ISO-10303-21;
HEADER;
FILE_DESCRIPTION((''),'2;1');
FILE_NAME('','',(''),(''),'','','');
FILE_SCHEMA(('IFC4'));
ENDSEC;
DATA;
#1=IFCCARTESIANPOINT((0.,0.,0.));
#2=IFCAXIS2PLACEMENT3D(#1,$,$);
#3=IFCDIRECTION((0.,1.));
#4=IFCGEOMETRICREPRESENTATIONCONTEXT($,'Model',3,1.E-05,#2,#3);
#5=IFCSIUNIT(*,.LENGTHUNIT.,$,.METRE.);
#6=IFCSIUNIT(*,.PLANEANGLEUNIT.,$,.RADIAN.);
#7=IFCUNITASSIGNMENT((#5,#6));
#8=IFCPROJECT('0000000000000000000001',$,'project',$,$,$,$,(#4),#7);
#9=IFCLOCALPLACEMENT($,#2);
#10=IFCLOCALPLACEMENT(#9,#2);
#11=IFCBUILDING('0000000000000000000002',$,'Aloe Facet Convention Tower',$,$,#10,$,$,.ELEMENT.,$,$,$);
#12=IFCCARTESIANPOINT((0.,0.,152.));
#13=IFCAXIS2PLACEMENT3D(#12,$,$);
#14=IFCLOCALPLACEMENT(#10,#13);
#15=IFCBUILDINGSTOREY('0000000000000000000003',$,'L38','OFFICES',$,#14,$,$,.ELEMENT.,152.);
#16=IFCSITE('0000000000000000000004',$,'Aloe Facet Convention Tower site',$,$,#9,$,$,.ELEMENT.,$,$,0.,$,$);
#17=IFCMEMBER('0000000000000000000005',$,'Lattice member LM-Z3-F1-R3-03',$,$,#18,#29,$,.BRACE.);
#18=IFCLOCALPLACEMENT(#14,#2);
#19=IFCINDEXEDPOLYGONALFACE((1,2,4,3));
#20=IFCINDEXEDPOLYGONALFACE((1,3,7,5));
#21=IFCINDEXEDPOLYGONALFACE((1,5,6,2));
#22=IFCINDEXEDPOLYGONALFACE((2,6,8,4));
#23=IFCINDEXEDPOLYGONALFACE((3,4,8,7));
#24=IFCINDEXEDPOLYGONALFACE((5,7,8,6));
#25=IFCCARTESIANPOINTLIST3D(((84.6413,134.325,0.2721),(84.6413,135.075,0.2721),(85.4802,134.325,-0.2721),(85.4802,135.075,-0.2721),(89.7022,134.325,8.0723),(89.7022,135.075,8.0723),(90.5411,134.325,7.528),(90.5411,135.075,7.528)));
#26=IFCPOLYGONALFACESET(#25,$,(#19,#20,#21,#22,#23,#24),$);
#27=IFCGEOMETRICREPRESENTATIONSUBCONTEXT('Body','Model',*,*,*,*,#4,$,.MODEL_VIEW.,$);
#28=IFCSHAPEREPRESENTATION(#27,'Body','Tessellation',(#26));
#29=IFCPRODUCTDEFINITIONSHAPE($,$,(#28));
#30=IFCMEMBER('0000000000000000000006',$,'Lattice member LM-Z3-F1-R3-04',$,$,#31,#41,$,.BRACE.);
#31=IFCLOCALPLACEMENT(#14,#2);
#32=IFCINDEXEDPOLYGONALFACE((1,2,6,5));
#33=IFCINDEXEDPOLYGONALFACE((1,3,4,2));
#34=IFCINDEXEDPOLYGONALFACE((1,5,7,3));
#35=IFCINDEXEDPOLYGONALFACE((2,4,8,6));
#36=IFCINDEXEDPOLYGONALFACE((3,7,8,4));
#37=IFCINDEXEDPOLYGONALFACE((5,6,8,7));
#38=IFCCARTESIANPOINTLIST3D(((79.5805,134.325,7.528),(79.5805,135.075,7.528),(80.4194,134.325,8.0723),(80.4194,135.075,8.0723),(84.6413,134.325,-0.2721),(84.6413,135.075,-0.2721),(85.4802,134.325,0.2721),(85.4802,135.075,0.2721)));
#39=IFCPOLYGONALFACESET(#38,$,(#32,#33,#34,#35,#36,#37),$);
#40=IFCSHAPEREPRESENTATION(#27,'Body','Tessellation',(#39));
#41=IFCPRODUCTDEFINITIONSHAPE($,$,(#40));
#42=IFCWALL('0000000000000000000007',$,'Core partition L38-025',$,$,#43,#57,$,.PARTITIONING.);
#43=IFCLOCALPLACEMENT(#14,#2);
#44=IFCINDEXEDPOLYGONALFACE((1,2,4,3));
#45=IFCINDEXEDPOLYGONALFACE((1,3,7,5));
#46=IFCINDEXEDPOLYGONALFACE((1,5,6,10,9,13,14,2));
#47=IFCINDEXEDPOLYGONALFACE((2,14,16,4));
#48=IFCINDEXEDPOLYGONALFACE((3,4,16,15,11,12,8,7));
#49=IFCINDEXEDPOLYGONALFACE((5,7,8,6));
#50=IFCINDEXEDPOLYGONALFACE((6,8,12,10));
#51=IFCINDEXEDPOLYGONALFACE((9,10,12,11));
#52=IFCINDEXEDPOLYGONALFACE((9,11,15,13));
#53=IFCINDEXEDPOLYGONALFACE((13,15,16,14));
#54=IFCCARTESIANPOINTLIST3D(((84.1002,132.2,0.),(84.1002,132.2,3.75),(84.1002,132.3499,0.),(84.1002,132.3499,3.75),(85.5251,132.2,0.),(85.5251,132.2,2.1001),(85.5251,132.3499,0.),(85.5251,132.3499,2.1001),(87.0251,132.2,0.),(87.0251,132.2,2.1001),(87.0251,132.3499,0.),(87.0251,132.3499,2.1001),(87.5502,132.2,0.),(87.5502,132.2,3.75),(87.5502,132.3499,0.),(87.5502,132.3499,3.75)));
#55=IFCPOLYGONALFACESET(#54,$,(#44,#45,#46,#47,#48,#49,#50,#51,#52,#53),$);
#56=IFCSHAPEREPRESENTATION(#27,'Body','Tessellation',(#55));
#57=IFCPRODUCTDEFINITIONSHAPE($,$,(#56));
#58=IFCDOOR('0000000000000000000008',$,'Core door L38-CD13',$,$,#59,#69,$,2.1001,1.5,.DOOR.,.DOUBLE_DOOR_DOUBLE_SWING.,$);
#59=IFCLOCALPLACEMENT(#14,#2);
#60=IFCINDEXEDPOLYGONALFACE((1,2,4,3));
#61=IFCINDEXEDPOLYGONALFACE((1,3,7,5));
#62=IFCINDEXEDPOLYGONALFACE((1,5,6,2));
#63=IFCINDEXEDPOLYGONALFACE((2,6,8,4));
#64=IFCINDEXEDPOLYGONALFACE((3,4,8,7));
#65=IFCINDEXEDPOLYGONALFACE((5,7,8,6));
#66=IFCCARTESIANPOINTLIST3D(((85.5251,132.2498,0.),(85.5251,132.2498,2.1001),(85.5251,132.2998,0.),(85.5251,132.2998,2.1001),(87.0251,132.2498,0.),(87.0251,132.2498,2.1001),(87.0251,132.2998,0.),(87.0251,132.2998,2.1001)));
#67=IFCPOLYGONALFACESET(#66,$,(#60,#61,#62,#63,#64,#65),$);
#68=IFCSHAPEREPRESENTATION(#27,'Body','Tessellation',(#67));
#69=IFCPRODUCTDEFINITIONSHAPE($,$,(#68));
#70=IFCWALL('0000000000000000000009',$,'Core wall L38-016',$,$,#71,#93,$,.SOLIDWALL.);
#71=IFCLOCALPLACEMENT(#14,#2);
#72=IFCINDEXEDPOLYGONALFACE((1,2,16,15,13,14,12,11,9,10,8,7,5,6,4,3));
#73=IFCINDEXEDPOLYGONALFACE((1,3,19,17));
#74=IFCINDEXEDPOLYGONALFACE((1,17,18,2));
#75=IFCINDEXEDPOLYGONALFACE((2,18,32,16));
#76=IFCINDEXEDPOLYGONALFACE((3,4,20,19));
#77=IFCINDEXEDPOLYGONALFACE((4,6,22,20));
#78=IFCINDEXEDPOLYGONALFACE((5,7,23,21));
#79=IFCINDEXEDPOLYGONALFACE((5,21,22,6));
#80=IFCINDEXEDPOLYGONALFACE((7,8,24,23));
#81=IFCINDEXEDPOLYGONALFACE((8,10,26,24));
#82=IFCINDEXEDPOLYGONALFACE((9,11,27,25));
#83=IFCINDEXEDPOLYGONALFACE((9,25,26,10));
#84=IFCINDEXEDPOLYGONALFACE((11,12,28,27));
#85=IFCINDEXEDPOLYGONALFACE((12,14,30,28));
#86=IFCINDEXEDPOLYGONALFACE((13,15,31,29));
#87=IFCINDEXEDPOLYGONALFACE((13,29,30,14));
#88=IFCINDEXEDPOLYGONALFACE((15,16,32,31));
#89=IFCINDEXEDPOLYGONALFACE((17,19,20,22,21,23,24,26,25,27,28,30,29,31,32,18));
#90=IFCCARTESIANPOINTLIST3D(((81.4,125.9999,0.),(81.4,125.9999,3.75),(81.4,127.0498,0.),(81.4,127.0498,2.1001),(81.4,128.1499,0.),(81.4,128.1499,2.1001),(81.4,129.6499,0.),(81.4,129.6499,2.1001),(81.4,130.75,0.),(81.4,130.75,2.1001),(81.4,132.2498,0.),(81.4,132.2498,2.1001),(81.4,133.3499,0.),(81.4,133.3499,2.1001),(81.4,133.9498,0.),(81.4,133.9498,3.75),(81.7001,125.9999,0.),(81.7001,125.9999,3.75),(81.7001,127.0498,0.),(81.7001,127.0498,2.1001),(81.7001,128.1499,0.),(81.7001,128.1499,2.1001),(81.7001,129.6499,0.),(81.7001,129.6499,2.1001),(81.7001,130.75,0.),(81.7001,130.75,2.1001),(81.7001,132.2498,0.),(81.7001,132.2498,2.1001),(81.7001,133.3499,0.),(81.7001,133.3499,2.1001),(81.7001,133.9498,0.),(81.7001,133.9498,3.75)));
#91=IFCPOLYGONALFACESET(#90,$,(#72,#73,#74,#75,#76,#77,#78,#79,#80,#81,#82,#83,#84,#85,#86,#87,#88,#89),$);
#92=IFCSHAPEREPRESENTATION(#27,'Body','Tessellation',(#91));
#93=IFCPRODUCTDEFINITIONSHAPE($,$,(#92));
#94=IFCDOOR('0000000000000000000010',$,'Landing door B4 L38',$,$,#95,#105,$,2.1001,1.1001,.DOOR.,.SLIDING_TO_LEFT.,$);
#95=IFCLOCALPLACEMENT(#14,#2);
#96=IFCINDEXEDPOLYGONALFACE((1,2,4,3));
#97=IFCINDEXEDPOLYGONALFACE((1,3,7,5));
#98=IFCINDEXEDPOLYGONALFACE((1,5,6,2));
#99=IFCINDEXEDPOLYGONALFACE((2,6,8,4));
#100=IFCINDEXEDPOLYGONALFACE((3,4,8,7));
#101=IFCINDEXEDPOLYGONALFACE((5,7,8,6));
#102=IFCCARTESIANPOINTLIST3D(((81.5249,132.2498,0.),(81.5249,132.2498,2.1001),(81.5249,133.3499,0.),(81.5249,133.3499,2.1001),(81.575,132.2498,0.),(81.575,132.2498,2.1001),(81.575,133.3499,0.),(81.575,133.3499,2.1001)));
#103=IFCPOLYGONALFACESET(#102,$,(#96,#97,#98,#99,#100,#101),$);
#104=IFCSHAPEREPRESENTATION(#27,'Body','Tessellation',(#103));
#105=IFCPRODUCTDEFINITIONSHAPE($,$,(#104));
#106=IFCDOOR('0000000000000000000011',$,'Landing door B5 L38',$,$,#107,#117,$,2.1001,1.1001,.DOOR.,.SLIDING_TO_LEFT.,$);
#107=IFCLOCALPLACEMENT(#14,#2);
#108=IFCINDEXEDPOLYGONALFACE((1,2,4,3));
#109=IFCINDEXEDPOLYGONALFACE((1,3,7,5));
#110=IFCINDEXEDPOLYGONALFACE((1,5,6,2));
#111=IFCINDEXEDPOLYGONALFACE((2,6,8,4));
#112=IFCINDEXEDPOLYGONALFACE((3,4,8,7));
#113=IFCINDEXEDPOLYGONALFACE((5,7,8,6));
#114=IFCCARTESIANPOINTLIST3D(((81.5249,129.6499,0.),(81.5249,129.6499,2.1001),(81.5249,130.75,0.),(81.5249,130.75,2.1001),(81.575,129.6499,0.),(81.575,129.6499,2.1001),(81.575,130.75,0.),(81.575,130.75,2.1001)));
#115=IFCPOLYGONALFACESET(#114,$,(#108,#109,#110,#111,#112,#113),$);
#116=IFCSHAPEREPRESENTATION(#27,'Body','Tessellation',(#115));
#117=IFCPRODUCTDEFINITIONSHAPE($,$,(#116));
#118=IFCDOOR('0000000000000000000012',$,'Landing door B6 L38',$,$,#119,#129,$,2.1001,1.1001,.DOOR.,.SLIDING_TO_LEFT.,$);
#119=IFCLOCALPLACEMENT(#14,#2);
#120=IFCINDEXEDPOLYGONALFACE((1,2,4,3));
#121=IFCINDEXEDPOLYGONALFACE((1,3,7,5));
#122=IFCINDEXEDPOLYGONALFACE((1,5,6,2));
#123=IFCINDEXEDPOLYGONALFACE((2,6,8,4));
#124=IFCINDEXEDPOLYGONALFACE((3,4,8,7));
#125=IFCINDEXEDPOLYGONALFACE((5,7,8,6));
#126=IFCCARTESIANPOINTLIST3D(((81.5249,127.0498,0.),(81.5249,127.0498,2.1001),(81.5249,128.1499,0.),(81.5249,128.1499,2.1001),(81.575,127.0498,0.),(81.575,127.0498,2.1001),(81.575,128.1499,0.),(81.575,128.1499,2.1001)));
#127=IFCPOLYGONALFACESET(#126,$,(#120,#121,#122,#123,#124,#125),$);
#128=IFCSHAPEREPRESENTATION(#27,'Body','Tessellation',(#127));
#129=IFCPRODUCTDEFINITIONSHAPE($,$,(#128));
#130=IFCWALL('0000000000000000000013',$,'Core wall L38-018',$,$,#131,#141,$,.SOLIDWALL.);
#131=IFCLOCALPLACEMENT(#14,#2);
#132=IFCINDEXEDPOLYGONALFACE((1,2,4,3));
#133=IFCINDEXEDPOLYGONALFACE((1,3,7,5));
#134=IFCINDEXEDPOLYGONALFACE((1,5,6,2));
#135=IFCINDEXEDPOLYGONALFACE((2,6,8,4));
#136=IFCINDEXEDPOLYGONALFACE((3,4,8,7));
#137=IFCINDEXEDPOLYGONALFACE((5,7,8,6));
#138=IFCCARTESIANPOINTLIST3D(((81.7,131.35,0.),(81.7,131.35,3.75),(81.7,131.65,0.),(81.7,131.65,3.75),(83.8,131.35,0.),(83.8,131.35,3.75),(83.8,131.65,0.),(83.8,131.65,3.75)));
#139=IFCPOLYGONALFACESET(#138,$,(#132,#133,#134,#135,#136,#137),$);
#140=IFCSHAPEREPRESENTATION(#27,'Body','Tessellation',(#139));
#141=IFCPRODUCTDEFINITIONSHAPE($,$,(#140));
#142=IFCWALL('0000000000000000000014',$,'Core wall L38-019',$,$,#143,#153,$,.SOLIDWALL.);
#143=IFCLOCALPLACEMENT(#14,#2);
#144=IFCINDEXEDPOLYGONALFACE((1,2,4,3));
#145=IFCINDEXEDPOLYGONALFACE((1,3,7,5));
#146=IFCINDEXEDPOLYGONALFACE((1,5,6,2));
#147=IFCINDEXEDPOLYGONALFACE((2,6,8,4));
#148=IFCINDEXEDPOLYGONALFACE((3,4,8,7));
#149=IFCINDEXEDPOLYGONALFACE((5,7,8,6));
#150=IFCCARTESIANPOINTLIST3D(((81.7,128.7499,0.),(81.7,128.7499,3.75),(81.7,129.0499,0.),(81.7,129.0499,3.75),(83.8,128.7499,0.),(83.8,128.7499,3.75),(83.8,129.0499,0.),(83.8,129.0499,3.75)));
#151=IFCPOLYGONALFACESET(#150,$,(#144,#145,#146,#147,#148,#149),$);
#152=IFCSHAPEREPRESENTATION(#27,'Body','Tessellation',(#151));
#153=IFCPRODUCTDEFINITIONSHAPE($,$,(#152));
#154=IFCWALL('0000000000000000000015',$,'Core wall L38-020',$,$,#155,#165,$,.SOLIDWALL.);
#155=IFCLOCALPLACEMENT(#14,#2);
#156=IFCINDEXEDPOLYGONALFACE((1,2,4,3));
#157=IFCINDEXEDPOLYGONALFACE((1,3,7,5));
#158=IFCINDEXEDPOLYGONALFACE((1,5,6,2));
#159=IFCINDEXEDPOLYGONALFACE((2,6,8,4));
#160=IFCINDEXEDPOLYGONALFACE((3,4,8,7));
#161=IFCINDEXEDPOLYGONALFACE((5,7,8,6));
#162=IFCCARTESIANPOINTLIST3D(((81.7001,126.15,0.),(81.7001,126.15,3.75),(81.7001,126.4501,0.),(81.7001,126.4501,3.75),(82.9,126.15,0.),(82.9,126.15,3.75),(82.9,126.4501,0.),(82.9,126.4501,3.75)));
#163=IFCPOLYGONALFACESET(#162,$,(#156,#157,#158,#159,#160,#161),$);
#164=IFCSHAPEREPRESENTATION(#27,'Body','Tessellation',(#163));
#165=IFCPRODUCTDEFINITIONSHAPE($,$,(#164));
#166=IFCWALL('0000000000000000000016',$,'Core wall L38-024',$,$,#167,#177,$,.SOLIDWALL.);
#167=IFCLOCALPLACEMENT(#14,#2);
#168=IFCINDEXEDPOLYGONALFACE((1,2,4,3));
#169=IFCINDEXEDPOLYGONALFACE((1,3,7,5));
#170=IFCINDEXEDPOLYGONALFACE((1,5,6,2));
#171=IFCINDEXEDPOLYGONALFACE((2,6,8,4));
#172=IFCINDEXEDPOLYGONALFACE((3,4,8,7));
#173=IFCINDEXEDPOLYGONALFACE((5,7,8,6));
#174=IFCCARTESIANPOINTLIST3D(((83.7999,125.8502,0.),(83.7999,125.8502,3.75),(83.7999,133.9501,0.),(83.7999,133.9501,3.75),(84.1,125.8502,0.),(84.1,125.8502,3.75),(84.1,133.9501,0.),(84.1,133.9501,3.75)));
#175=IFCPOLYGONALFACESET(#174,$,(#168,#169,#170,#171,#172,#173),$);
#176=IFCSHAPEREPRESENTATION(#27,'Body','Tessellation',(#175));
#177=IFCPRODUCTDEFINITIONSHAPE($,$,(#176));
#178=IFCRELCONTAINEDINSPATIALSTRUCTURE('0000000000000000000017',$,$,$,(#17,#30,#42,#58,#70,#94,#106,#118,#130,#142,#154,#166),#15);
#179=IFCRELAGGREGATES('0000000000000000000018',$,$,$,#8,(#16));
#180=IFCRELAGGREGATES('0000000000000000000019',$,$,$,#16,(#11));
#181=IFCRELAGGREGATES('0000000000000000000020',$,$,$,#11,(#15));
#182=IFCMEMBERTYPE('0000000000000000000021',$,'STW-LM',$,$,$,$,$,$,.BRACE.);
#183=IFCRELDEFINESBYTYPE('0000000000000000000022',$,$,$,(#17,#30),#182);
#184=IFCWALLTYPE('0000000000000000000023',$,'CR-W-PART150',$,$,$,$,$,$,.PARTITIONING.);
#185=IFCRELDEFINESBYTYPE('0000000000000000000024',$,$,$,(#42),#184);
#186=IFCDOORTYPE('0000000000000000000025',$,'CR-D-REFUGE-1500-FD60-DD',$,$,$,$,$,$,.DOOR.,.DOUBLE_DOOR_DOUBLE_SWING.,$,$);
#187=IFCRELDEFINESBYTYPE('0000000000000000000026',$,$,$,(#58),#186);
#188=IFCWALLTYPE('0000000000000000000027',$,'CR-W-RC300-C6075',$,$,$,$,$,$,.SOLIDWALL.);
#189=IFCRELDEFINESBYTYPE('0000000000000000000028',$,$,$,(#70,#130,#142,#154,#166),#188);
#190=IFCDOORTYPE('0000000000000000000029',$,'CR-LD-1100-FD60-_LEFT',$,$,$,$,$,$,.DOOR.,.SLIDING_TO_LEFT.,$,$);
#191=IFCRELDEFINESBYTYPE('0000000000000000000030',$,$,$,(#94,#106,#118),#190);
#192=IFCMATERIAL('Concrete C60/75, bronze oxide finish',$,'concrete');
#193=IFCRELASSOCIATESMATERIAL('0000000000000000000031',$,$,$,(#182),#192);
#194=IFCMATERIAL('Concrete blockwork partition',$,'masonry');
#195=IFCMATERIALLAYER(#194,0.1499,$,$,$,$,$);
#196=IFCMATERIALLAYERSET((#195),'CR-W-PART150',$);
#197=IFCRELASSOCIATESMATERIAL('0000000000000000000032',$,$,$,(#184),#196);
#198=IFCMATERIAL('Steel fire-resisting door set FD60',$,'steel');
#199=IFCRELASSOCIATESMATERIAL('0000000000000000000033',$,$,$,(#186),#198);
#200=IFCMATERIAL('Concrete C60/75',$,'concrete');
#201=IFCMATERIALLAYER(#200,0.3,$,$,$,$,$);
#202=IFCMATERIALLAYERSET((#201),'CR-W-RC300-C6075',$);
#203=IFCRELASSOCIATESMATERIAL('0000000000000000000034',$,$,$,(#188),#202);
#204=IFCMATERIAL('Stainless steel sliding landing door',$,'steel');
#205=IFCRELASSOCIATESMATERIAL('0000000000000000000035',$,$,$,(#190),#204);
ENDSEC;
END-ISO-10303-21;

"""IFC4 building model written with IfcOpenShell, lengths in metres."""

from ifc_helpers import new_model, si_unit, direction, frame, frame_2d, origin, origin_2d, place, context, subcontext, project, spatial, rectangle, extrude, material, layer, layer_set, material_profile, profile_set, type_object, element, fill, save


model = new_model("IFC4")

# Units and contexts
model_context = context("Model", 3, precision=1e-05, world=origin(), true_north=direction((0.0, 1.0)))
body_context = subcontext(model_context, "Body", "Model", "MODEL_VIEW")
ifc_project = project(units=[si_unit("LENGTHUNIT", "METRE"), si_unit("PLANEANGLEUNIT", "RADIAN")], contexts=[model_context])

# Site, building, storey
site_placement = place(None, origin())
site = spatial("IfcSite", under=ifc_project, at=site_placement, Name="Aloe Facet Convention Tower site", CompositionType="ELEMENT", RefElevation=0.0)
building_placement = place(site_placement, origin())
building = spatial("IfcBuilding", under=site, at=building_placement, Name="Aloe Facet Convention Tower", CompositionType="ELEMENT")
storey_placement = place(building_placement, frame((0.0, 0.0, 152.0)))
storey = spatial("IfcBuildingStorey", under=building, at=storey_placement, Name="L38", Description="OFFICES", CompositionType="ELEMENT", Elevation=152.0)

# Members
ifc_material_1 = material(Name="Concrete C60/75, bronze oxide finish", Category="concrete")
ifc_material_profile = material_profile(ifc_material_1, rectangle(XDim=0.75, YDim=1.0, at=origin_2d()), Name="STW-LM")
ifc_profile_set = profile_set([ifc_material_profile], Name="Concrete C60/75, bronze oxide finish")
member_type = type_object("IfcMemberType", Name="STW-LM", PredefinedType="BRACE", material=ifc_profile_set)
for number, where, z_axis, x_axis, name in (
    (1, (85.0608, 134.7, 0.0), (0.54429, 0.0, 0.838897), (0.0, 1.0, 0.0), "Lattice member LM-Z3-F1-R3-03"),
    (2, (85.0608, 134.7, 0.0), (-0.54429, 0.0, 0.838897), (0.0, -1.0, 0.0), "Lattice member LM-Z3-F1-R3-04"),
):
    element("IfcMember", number, at=place(storey_placement, frame(where, z_axis=z_axis, x_axis=x_axis)), inside=storey, type_object=member_type, Name=name, PredefinedType="BRACE", context=body_context, shape_type="SweptSolid", body=[
        extrude(rectangle(XDim=0.75, YDim=1.0, at=origin_2d()), origin(), (0.0, 0.0, 1.0), 9.2981),
    ])

# Wall, opening, door
ifc_material_2 = material(Name="Concrete blockwork partition", Category="masonry")
ifc_layer_1 = layer(ifc_material_2, 0.1499)
ifc_layer_set_1 = layer_set([ifc_layer_1], Name="CR-W-PART150")
wall_type_1 = type_object("IfcWallType", Name="CR-W-PART150", PredefinedType="PARTITIONING", material=ifc_layer_set_1)
wall_1_placement = place(storey_placement, frame((84.1001, 132.2749, 0.0), z_axis=(0.0, 0.0, 1.0), x_axis=(1.0, 0.0, 0.0)))
wall_1 = element("IfcWall", 3, at=wall_1_placement, inside=storey, type_object=wall_type_1, Name="Core partition L38-025", PredefinedType="PARTITIONING", context=body_context, shape_type="SweptSolid", body=[
    extrude(rectangle(XDim=3.45, YDim=0.1499, at=frame_2d((1.7251, 0.0))), origin(), (0.0, 0.0, 1.0), 3.75),
])
opening_1_placement = place(wall_1_placement, frame((1.425, 0.0, 0.0)))
opening_1 = element("IfcOpeningElement", 4, at=opening_1_placement, cuts=wall_1, PredefinedType="OPENING", context=body_context, shape_type="SweptSolid", body=[
    extrude(rectangle(XDim=1.5, YDim=2.1001, at=frame_2d((0.75, 1.05))), frame((0.0, 0.085, 0.0), z_axis=(0.0, -1.0, 0.0), x_axis=(1.0, 0.0, 0.0)), (0.0, 0.0, 1.0), 0.1699),
])
ifc_material_3 = material(Name="Steel fire-resisting door set FD60", Category="steel")
door_type_1 = type_object("IfcDoorType", Name="CR-D-REFUGE-1500-FD60-DD", OperationType="DOUBLE_DOOR_DOUBLE_SWING", PredefinedType="DOOR", material=ifc_material_3)
door_1_placement = place(opening_1_placement, origin())
door_1 = element("IfcDoor", 5, at=door_1_placement, inside=storey, type_object=door_type_1, Name="Core door L38-CD13", OperationType="DOUBLE_DOOR_DOUBLE_SWING", OverallHeight=2.1001, OverallWidth=1.5, PredefinedType="DOOR", context=body_context, shape_type="SweptSolid", body=[
    extrude(rectangle(XDim=1.5, YDim=2.1001, at=frame_2d((0.75, 1.05))), frame((0.0, 0.0249, 0.0), z_axis=(0.0, -1.0, 0.0), x_axis=(1.0, 0.0, 0.0)), (0.0, 0.0, 1.0), 0.05),
])
fill(opening_1, door_1)

# Wall, openings, doors
ifc_material_4 = material(Name="Concrete C60/75", Category="concrete")
ifc_layer_2 = layer(ifc_material_4, 0.3)
ifc_layer_set_2 = layer_set([ifc_layer_2], Name="CR-W-RC300-C6075")
wall_type_2 = type_object("IfcWallType", Name="CR-W-RC300-C6075", PredefinedType="SOLIDWALL", material=ifc_layer_set_2)
wall_2_placement = place(storey_placement, frame((81.55, 133.95, 0.0), z_axis=(0.0, 0.0, 1.0), x_axis=(0.0, -1.0, 0.0)))
wall_2 = element("IfcWall", 6, at=wall_2_placement, inside=storey, type_object=wall_type_2, Name="Core wall L38-016", PredefinedType="SOLIDWALL", context=body_context, shape_type="SweptSolid", body=[
    extrude(rectangle(XDim=7.95, YDim=0.3, at=frame_2d((3.9751, 0.0))), origin(), (0.0, 0.0, 1.0), 3.75),
])
opening_2_placement = place(wall_2_placement, frame((0.6001, 0.0, 0.0)))
opening_2 = element("IfcOpeningElement", 7, at=opening_2_placement, cuts=wall_2, PredefinedType="OPENING", context=body_context, shape_type="SweptSolid", body=[
    extrude(rectangle(XDim=1.1001, YDim=2.1001, at=frame_2d((0.55, 1.05))), frame((0.0, 0.1602, 0.0), z_axis=(0.0, -1.0, 0.0), x_axis=(1.0, 0.0, 0.0)), (0.0, 0.0, 1.0), 0.3201),
])
opening_3_placement = place(wall_2_placement, frame((3.2, 0.0, 0.0)))
opening_3 = element("IfcOpeningElement", 8, at=opening_3_placement, cuts=wall_2, PredefinedType="OPENING", context=body_context, shape_type="SweptSolid", body=[
    extrude(rectangle(XDim=1.1001, YDim=2.1001, at=frame_2d((0.55, 1.05))), frame((0.0, 0.1602, 0.0), z_axis=(0.0, -1.0, 0.0), x_axis=(1.0, 0.0, 0.0)), (0.0, 0.0, 1.0), 0.3201),
])
opening_4_placement = place(wall_2_placement, frame((5.8, 0.0, 0.0)))
opening_4 = element("IfcOpeningElement", 9, at=opening_4_placement, cuts=wall_2, PredefinedType="OPENING", context=body_context, shape_type="SweptSolid", body=[
    extrude(rectangle(XDim=1.1001, YDim=2.1001, at=frame_2d((0.55, 1.05))), frame((0.0, 0.1602, 0.0), z_axis=(0.0, -1.0, 0.0), x_axis=(1.0, 0.0, 0.0)), (0.0, 0.0, 1.0), 0.3201),
])
ifc_material_5 = material(Name="Stainless steel sliding landing door", Category="steel")
door_type_2 = type_object("IfcDoorType", Name="CR-LD-1100-FD60-_LEFT", OperationType="SLIDING_TO_LEFT", PredefinedType="DOOR", material=ifc_material_5)
door_2_placement = place(opening_2_placement, origin())
door_2 = element("IfcDoor", 10, at=door_2_placement, inside=storey, type_object=door_type_2, Name="Landing door B4 L38", OperationType="SLIDING_TO_LEFT", OverallHeight=2.1001, OverallWidth=1.1001, PredefinedType="DOOR", context=body_context, shape_type="SweptSolid", body=[
    extrude(rectangle(XDim=1.1001, YDim=2.1001, at=frame_2d((0.55, 1.05))), frame((0.0, 0.0249, 0.0), z_axis=(0.0, -1.0, 0.0), x_axis=(1.0, 0.0, 0.0)), (0.0, 0.0, 1.0), 0.05),
])
fill(opening_2, door_2)
door_3_placement = place(opening_3_placement, origin())
door_3 = element("IfcDoor", 11, at=door_3_placement, inside=storey, type_object=door_type_2, Name="Landing door B5 L38", OperationType="SLIDING_TO_LEFT", OverallHeight=2.1001, OverallWidth=1.1001, PredefinedType="DOOR", context=body_context, shape_type="SweptSolid", body=[
    extrude(rectangle(XDim=1.1001, YDim=2.1001, at=frame_2d((0.55, 1.05))), frame((0.0, 0.0249, 0.0), z_axis=(0.0, -1.0, 0.0), x_axis=(1.0, 0.0, 0.0)), (0.0, 0.0, 1.0), 0.05),
])
fill(opening_3, door_3)
door_4_placement = place(opening_4_placement, origin())
door_4 = element("IfcDoor", 12, at=door_4_placement, inside=storey, type_object=door_type_2, Name="Landing door B6 L38", OperationType="SLIDING_TO_LEFT", OverallHeight=2.1001, OverallWidth=1.1001, PredefinedType="DOOR", context=body_context, shape_type="SweptSolid", body=[
    extrude(rectangle(XDim=1.1001, YDim=2.1001, at=frame_2d((0.55, 1.05))), frame((0.0, 0.0249, 0.0), z_axis=(0.0, -1.0, 0.0), x_axis=(1.0, 0.0, 0.0)), (0.0, 0.0, 1.0), 0.05),
])
fill(opening_4, door_4)

# Walls
for number, where, z_axis, x_axis, name in (
    (13, (81.7, 131.5, 0.0), (0.0, 0.0, 1.0), (1.0, 0.0, 0.0), "Core wall L38-018"),
    (14, (81.7, 128.8999, 0.0), (0.0, 0.0, 1.0), (1.0, 0.0, 0.0), "Core wall L38-019"),
):
    element("IfcWall", number, at=place(storey_placement, frame(where, z_axis=z_axis, x_axis=x_axis)), inside=storey, type_object=wall_type_2, Name=name, PredefinedType="SOLIDWALL", context=body_context, shape_type="SweptSolid", body=[
        extrude(rectangle(XDim=2.1001, YDim=0.3, at=frame_2d((1.05, 0.0))), origin(), (0.0, 0.0, 1.0), 3.75),
    ])
wall_3_placement = place(storey_placement, frame((81.7, 126.3, 0.0), z_axis=(0.0, 0.0, 1.0), x_axis=(1.0, 0.0, 0.0)))
element("IfcWall", 15, at=wall_3_placement, inside=storey, type_object=wall_type_2, Name="Core wall L38-020", PredefinedType="SOLIDWALL", context=body_context, shape_type="SweptSolid", body=[
    extrude(rectangle(XDim=1.2, YDim=0.3, at=frame_2d((0.6001, 0.0))), origin(), (0.0, 0.0, 1.0), 3.75),
])
wall_4_placement = place(storey_placement, frame((83.95, 133.95, 0.0), z_axis=(0.0, 0.0, 1.0), x_axis=(0.0, -1.0, 0.0)))
element("IfcWall", 16, at=wall_4_placement, inside=storey, type_object=wall_type_2, Name="Core wall L38-024", PredefinedType="SOLIDWALL", context=body_context, shape_type="SweptSolid", body=[
    extrude(rectangle(XDim=8.0999, YDim=0.3, at=frame_2d((4.0498, 0.0))), origin(), (0.0, 0.0, 1.0), 3.75),
])

save(model, "model.ifc")
